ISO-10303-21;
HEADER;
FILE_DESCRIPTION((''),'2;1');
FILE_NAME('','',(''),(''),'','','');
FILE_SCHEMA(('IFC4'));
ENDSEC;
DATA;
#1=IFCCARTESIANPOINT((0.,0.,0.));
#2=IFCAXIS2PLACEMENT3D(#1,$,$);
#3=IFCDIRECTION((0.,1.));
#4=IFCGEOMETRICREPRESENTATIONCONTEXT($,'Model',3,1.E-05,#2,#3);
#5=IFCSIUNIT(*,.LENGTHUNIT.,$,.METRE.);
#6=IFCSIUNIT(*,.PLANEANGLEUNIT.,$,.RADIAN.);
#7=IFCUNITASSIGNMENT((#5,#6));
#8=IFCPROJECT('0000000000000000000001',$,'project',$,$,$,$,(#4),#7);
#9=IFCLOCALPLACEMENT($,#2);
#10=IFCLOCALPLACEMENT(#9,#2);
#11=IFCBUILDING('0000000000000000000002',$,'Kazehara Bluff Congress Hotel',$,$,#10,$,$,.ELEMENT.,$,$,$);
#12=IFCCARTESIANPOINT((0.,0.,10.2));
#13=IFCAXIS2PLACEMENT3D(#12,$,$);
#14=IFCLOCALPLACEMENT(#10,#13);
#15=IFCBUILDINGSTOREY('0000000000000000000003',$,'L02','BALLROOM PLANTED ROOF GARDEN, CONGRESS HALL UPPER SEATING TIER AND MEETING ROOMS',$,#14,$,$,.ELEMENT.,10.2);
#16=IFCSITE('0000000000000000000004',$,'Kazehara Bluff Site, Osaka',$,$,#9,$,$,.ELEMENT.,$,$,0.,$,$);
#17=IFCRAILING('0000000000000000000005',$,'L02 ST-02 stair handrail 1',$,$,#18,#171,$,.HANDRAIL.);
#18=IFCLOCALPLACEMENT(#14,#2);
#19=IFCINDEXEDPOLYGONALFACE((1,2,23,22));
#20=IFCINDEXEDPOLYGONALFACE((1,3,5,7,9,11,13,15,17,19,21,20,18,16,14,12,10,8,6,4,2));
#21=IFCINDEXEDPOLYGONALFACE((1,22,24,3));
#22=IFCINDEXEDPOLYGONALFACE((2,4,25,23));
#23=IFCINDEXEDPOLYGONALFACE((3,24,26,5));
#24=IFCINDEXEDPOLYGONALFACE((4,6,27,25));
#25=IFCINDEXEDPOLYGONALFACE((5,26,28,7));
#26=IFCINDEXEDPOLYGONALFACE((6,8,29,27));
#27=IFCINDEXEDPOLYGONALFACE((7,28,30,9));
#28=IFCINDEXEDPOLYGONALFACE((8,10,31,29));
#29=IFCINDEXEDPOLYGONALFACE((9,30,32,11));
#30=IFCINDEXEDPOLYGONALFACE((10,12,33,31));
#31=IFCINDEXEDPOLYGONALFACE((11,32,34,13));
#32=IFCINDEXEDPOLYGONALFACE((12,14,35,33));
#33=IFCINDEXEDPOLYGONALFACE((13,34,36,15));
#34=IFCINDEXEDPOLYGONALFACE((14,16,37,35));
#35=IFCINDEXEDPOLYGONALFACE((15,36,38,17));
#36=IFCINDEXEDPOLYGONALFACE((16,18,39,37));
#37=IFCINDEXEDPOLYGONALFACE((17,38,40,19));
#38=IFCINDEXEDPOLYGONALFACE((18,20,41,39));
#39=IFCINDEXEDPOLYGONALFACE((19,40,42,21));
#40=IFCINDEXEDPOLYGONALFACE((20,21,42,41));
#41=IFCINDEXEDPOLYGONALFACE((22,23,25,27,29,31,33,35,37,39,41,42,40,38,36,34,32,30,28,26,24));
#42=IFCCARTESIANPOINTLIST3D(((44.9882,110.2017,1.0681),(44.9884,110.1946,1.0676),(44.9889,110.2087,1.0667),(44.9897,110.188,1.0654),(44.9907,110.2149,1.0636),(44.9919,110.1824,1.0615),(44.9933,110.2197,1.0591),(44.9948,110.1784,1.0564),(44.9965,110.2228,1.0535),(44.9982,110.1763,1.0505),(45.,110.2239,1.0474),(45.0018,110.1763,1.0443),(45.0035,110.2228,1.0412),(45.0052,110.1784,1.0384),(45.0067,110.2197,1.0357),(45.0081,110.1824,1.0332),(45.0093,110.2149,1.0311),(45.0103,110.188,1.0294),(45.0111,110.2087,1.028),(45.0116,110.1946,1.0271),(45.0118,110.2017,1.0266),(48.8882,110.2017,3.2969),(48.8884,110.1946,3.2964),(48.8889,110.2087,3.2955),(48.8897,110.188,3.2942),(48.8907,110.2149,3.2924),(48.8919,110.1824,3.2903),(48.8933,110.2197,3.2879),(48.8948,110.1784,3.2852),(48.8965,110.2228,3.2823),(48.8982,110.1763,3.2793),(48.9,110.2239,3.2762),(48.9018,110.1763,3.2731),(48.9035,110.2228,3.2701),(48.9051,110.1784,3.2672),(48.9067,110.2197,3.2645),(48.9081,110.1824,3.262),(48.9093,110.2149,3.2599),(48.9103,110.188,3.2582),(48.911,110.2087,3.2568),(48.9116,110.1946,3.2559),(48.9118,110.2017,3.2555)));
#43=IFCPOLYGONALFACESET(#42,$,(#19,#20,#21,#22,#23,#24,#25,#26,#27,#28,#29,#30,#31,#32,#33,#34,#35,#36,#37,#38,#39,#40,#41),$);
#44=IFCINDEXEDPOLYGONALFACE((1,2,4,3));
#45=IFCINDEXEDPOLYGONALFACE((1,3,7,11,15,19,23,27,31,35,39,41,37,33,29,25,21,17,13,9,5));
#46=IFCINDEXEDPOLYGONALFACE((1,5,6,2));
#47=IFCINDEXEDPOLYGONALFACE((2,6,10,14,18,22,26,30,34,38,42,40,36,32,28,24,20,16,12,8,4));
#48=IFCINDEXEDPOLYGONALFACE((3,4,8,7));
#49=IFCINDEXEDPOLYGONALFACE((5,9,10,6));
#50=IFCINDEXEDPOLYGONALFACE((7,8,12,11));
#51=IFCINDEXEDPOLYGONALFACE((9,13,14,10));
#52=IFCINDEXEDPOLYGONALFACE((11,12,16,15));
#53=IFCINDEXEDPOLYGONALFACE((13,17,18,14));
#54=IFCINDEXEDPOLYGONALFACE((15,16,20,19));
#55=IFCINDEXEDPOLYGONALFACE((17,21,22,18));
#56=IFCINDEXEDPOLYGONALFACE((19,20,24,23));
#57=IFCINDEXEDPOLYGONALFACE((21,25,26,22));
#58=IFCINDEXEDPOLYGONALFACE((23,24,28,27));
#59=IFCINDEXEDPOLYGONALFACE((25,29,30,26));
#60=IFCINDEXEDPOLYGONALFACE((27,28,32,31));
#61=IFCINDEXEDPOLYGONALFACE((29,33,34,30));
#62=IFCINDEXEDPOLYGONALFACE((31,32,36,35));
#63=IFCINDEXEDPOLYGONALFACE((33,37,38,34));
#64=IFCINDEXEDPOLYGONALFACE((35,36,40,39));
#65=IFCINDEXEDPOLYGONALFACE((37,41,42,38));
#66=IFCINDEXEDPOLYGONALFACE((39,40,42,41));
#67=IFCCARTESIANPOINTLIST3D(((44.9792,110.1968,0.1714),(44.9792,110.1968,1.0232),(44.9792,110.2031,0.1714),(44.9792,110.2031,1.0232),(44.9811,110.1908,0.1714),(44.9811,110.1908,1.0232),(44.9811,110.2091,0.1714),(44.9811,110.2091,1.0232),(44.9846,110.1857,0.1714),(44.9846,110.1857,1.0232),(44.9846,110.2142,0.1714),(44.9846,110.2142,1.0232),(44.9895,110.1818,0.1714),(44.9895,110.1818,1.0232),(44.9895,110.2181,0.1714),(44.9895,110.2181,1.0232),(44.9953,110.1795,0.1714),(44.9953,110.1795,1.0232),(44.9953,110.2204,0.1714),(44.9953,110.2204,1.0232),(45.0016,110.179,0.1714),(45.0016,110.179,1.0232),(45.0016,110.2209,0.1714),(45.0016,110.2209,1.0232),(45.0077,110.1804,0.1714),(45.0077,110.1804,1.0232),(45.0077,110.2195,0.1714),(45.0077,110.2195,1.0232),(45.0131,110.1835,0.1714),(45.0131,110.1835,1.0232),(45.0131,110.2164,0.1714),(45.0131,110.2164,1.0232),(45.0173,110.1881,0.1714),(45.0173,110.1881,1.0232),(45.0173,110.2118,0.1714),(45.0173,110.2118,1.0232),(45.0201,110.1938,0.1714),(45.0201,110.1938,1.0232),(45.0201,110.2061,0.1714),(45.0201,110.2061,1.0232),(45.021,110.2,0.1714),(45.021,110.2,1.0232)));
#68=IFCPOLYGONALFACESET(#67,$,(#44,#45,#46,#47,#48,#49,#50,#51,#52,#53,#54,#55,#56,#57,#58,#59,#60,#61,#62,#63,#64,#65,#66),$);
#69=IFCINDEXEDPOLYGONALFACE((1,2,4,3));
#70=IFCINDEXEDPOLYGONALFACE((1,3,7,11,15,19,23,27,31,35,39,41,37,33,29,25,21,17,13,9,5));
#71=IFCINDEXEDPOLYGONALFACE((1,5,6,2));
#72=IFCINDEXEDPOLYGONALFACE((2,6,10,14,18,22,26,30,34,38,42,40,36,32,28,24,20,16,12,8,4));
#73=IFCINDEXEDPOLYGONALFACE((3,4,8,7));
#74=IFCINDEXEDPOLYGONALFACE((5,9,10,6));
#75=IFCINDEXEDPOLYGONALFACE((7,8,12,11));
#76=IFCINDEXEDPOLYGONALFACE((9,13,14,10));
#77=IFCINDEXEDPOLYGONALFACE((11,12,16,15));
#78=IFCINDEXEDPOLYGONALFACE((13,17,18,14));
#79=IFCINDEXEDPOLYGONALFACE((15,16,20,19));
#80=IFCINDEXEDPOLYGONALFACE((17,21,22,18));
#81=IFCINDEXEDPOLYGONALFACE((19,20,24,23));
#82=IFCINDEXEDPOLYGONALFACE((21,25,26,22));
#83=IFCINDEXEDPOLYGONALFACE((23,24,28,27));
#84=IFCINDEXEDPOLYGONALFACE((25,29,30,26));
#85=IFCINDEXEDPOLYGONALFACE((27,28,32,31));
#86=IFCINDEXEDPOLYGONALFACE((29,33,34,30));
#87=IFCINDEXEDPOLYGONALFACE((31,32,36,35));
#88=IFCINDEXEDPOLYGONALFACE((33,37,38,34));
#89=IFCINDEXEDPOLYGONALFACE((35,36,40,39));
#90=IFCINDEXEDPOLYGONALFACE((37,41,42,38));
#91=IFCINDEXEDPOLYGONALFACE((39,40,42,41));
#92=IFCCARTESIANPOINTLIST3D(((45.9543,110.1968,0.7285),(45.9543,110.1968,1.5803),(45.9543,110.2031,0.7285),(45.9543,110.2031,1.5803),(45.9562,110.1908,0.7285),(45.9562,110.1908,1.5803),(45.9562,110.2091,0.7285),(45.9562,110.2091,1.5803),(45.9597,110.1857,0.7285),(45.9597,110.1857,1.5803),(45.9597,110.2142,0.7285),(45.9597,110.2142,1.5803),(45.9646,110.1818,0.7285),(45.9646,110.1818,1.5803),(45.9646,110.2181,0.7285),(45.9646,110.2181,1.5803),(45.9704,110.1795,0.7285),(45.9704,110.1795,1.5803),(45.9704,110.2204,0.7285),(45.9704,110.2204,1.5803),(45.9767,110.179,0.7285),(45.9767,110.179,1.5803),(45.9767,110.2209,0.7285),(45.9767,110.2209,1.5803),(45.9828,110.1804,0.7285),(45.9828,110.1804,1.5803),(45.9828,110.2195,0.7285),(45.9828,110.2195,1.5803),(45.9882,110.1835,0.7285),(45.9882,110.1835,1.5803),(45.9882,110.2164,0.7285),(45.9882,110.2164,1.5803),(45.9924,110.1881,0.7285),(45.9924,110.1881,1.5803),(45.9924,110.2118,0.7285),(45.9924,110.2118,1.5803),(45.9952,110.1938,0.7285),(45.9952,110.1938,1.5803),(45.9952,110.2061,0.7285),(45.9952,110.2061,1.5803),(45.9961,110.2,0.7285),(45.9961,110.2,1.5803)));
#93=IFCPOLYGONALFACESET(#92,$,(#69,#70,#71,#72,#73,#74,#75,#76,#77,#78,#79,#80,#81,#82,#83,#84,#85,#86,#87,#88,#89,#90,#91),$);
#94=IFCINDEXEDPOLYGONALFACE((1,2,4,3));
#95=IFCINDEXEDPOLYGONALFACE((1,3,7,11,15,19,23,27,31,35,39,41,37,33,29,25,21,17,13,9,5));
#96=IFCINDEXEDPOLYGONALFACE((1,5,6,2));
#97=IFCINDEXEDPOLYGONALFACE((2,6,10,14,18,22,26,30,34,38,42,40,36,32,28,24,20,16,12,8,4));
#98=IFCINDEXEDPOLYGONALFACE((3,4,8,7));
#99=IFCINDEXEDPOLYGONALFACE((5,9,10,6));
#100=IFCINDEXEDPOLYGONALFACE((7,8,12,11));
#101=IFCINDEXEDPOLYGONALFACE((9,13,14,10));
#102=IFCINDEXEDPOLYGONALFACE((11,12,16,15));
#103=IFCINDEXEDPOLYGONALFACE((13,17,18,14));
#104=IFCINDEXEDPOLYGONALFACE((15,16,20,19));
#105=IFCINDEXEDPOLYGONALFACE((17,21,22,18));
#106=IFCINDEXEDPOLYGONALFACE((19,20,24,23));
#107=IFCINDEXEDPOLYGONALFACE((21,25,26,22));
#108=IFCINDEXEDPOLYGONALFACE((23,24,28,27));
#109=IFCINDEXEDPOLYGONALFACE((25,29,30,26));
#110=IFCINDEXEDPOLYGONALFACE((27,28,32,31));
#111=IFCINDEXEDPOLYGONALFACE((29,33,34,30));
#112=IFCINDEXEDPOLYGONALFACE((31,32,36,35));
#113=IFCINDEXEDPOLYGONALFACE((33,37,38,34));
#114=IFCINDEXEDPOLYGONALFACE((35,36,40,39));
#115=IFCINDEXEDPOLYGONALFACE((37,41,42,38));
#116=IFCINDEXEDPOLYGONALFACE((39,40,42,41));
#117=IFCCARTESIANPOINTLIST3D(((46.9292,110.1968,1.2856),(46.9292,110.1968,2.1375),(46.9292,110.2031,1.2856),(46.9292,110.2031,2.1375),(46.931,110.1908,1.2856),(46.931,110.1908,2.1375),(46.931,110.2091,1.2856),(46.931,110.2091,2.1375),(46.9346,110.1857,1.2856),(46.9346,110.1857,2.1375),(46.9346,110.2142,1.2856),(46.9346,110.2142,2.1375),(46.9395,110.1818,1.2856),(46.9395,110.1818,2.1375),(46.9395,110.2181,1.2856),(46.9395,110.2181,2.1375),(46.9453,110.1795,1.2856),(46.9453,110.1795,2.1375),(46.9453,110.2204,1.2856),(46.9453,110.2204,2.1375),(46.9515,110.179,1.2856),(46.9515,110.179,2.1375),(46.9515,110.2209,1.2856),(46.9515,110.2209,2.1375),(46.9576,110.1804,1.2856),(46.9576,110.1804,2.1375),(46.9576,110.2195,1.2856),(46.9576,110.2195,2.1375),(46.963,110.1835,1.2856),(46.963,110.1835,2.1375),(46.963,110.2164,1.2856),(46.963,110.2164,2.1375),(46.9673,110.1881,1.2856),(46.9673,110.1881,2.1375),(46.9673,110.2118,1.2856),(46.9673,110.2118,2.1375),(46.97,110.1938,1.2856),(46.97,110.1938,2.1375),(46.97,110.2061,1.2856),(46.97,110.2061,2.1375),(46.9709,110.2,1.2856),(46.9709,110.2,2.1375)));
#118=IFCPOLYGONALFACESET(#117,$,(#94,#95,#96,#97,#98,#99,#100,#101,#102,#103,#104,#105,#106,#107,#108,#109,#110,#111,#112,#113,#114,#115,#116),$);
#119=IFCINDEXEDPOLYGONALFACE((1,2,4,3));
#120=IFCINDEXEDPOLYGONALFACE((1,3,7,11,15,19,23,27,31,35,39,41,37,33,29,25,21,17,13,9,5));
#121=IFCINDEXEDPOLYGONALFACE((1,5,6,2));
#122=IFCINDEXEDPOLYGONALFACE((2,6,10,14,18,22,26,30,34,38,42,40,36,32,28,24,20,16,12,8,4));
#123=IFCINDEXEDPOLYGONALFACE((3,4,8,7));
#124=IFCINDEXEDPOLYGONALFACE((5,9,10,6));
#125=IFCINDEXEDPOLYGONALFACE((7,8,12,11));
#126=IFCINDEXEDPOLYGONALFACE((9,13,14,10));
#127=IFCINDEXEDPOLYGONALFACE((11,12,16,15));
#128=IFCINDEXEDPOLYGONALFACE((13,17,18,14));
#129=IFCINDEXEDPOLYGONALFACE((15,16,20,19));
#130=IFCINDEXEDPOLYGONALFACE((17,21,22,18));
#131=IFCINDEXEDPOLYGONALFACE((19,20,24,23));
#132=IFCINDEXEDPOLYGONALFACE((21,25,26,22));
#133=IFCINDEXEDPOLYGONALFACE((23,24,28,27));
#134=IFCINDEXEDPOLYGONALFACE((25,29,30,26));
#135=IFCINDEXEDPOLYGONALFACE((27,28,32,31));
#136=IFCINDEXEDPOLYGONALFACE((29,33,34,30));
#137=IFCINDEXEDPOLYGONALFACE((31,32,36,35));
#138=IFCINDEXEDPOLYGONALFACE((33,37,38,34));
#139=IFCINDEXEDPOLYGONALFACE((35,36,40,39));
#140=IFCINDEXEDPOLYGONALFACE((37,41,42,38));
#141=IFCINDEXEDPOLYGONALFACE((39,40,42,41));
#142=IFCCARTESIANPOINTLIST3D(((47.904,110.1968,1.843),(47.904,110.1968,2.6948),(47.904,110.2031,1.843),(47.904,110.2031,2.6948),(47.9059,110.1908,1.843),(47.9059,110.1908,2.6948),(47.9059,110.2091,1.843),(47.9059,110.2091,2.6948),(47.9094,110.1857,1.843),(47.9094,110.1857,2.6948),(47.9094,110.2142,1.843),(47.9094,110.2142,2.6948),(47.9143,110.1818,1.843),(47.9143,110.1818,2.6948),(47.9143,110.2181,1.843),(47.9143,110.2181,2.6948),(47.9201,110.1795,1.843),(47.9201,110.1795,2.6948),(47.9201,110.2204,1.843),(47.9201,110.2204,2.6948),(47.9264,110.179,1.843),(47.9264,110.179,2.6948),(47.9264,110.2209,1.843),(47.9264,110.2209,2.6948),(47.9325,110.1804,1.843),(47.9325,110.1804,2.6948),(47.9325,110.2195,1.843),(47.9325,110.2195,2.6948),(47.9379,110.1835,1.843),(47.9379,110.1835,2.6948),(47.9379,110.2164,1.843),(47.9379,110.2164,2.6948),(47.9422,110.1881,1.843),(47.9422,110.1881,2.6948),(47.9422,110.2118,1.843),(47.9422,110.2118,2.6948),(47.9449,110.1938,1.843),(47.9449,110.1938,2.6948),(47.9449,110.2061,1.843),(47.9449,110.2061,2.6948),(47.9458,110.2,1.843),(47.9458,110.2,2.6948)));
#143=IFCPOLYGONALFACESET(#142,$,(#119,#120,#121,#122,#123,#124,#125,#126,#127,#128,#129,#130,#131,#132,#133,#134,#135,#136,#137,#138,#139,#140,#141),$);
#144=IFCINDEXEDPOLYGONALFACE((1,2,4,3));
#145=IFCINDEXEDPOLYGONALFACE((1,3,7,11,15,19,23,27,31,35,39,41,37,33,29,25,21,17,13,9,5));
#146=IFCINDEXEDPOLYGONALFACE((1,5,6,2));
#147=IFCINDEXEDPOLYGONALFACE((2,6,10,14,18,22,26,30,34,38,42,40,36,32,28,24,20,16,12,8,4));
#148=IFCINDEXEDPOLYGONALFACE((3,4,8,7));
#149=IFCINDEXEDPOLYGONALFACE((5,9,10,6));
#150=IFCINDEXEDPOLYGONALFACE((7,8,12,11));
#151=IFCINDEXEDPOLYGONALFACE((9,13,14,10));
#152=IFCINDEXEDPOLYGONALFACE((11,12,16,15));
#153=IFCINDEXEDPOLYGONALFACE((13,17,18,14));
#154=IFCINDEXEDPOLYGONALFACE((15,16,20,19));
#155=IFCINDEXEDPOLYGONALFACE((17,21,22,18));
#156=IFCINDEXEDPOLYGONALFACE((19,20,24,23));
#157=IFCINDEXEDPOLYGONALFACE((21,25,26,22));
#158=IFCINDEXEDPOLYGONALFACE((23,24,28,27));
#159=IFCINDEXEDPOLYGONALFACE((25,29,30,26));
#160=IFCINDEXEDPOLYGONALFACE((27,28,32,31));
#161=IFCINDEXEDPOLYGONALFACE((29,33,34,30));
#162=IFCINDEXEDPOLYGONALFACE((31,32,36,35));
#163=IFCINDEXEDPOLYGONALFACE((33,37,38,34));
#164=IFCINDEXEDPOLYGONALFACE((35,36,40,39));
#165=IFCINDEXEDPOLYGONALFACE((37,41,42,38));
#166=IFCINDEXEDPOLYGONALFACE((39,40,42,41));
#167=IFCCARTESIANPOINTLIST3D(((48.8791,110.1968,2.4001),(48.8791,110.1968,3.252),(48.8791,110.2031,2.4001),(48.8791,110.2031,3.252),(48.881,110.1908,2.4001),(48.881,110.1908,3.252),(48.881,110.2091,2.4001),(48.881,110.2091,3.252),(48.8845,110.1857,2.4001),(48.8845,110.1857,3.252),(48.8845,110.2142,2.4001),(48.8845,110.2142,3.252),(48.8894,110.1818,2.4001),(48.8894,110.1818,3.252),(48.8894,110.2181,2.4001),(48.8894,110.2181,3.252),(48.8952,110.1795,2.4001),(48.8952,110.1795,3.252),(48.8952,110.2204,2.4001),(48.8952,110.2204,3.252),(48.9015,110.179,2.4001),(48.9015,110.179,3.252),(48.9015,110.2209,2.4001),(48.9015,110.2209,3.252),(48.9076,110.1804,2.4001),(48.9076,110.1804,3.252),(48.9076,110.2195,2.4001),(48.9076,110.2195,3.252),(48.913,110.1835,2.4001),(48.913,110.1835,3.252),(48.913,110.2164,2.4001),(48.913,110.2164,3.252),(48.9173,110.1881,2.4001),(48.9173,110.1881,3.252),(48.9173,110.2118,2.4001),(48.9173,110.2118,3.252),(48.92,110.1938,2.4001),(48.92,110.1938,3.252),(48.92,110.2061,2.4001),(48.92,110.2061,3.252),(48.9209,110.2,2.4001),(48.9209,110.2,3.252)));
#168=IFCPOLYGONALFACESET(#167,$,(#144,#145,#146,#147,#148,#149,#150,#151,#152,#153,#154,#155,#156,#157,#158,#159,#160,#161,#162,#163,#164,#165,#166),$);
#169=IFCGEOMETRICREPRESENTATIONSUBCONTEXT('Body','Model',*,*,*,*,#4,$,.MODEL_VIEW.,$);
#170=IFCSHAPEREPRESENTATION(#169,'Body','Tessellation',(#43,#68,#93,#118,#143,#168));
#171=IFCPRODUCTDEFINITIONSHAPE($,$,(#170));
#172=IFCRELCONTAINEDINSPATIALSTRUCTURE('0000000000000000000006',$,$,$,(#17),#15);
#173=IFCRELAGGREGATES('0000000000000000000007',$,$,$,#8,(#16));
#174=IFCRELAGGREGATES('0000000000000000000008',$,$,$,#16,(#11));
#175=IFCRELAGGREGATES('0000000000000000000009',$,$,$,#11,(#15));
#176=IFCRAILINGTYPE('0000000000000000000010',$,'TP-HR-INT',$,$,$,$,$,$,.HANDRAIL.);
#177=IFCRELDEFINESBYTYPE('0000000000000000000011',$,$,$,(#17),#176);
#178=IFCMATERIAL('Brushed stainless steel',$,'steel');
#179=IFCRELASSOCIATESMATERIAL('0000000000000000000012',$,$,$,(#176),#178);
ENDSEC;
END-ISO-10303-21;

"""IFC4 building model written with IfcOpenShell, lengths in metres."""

from ifc_helpers import new_model, si_unit, direction, frame, origin, origin_2d, place, context, subcontext, project, spatial, circle, extrude, material, type_object, element, save


model = new_model("IFC4")

# Units and contexts
model_context = context("Model", 3, precision=1e-05, world=origin(), true_north=direction((0.0, 1.0)))
body_context = subcontext(model_context, "Body", "Model", "MODEL_VIEW")
ifc_project = project(units=[si_unit("LENGTHUNIT", "METRE"), si_unit("PLANEANGLEUNIT", "RADIAN")], contexts=[model_context])

# Site, building, storey
site_placement = place(None, origin())
site = spatial("IfcSite", under=ifc_project, at=site_placement, Name="Kazehara Bluff Site, Osaka", CompositionType="ELEMENT", RefElevation=0.0)
building_placement = place(site_placement, origin())
building = spatial("IfcBuilding", under=site, at=building_placement, Name="Kazehara Bluff Congress Hotel", CompositionType="ELEMENT")
storey_placement = place(building_placement, frame((0.0, 0.0, 10.2)))
storey = spatial("IfcBuildingStorey", under=building, at=storey_placement, Name="L02", Description="BALLROOM PLANTED ROOF GARDEN, CONGRESS HALL UPPER SEATING TIER AND MEETING ROOMS", CompositionType="ELEMENT", Elevation=10.2)

# Railing
ifc_material_1 = material(Name="Brushed stainless steel", Category="steel")
railing_type_1 = type_object("IfcRailingType", Name="TP-HR-INT", PredefinedType="HANDRAIL", material=ifc_material_1)
railing_1_placement = place(storey_placement, frame((45.0, 110.2, 0.1714)))
element("IfcRailing", 1, at=railing_1_placement, inside=storey, type_object=railing_type_1, Name="L02 ST-02 stair handrail 1", PredefinedType="HANDRAIL", context=body_context, shape_type="SweptSolid", body=[
    extrude(circle(Radius=0.0239, at=origin_2d()), frame((0.0, 0.0, 0.876), z_axis=(0.86822, 0.0, 0.49618), x_axis=(0.0, 1.0, 0.0)), (0.0, 0.0, 1.0), 4.4919),
    extrude(circle(Radius=0.021, at=origin_2d()), origin(), (0.0, 0.0, 1.0), 0.8518),
    extrude(circle(Radius=0.021, at=origin_2d()), frame((0.9751, 0.0, 0.5571)), (0.0, 0.0, 1.0), 0.8518),
    extrude(circle(Radius=0.021, at=origin_2d()), frame((1.95, 0.0, 1.1143)), (0.0, 0.0, 1.0), 0.8518),
    extrude(circle(Radius=0.021, at=origin_2d()), frame((2.9248, 0.0, 1.6716)), (0.0, 0.0, 1.0), 0.8518),
    extrude(circle(Radius=0.021, at=origin_2d()), frame((3.8999, 0.0, 2.2288)), (0.0, 0.0, 1.0), 0.8518),
])

save(model, "model.ifc")
